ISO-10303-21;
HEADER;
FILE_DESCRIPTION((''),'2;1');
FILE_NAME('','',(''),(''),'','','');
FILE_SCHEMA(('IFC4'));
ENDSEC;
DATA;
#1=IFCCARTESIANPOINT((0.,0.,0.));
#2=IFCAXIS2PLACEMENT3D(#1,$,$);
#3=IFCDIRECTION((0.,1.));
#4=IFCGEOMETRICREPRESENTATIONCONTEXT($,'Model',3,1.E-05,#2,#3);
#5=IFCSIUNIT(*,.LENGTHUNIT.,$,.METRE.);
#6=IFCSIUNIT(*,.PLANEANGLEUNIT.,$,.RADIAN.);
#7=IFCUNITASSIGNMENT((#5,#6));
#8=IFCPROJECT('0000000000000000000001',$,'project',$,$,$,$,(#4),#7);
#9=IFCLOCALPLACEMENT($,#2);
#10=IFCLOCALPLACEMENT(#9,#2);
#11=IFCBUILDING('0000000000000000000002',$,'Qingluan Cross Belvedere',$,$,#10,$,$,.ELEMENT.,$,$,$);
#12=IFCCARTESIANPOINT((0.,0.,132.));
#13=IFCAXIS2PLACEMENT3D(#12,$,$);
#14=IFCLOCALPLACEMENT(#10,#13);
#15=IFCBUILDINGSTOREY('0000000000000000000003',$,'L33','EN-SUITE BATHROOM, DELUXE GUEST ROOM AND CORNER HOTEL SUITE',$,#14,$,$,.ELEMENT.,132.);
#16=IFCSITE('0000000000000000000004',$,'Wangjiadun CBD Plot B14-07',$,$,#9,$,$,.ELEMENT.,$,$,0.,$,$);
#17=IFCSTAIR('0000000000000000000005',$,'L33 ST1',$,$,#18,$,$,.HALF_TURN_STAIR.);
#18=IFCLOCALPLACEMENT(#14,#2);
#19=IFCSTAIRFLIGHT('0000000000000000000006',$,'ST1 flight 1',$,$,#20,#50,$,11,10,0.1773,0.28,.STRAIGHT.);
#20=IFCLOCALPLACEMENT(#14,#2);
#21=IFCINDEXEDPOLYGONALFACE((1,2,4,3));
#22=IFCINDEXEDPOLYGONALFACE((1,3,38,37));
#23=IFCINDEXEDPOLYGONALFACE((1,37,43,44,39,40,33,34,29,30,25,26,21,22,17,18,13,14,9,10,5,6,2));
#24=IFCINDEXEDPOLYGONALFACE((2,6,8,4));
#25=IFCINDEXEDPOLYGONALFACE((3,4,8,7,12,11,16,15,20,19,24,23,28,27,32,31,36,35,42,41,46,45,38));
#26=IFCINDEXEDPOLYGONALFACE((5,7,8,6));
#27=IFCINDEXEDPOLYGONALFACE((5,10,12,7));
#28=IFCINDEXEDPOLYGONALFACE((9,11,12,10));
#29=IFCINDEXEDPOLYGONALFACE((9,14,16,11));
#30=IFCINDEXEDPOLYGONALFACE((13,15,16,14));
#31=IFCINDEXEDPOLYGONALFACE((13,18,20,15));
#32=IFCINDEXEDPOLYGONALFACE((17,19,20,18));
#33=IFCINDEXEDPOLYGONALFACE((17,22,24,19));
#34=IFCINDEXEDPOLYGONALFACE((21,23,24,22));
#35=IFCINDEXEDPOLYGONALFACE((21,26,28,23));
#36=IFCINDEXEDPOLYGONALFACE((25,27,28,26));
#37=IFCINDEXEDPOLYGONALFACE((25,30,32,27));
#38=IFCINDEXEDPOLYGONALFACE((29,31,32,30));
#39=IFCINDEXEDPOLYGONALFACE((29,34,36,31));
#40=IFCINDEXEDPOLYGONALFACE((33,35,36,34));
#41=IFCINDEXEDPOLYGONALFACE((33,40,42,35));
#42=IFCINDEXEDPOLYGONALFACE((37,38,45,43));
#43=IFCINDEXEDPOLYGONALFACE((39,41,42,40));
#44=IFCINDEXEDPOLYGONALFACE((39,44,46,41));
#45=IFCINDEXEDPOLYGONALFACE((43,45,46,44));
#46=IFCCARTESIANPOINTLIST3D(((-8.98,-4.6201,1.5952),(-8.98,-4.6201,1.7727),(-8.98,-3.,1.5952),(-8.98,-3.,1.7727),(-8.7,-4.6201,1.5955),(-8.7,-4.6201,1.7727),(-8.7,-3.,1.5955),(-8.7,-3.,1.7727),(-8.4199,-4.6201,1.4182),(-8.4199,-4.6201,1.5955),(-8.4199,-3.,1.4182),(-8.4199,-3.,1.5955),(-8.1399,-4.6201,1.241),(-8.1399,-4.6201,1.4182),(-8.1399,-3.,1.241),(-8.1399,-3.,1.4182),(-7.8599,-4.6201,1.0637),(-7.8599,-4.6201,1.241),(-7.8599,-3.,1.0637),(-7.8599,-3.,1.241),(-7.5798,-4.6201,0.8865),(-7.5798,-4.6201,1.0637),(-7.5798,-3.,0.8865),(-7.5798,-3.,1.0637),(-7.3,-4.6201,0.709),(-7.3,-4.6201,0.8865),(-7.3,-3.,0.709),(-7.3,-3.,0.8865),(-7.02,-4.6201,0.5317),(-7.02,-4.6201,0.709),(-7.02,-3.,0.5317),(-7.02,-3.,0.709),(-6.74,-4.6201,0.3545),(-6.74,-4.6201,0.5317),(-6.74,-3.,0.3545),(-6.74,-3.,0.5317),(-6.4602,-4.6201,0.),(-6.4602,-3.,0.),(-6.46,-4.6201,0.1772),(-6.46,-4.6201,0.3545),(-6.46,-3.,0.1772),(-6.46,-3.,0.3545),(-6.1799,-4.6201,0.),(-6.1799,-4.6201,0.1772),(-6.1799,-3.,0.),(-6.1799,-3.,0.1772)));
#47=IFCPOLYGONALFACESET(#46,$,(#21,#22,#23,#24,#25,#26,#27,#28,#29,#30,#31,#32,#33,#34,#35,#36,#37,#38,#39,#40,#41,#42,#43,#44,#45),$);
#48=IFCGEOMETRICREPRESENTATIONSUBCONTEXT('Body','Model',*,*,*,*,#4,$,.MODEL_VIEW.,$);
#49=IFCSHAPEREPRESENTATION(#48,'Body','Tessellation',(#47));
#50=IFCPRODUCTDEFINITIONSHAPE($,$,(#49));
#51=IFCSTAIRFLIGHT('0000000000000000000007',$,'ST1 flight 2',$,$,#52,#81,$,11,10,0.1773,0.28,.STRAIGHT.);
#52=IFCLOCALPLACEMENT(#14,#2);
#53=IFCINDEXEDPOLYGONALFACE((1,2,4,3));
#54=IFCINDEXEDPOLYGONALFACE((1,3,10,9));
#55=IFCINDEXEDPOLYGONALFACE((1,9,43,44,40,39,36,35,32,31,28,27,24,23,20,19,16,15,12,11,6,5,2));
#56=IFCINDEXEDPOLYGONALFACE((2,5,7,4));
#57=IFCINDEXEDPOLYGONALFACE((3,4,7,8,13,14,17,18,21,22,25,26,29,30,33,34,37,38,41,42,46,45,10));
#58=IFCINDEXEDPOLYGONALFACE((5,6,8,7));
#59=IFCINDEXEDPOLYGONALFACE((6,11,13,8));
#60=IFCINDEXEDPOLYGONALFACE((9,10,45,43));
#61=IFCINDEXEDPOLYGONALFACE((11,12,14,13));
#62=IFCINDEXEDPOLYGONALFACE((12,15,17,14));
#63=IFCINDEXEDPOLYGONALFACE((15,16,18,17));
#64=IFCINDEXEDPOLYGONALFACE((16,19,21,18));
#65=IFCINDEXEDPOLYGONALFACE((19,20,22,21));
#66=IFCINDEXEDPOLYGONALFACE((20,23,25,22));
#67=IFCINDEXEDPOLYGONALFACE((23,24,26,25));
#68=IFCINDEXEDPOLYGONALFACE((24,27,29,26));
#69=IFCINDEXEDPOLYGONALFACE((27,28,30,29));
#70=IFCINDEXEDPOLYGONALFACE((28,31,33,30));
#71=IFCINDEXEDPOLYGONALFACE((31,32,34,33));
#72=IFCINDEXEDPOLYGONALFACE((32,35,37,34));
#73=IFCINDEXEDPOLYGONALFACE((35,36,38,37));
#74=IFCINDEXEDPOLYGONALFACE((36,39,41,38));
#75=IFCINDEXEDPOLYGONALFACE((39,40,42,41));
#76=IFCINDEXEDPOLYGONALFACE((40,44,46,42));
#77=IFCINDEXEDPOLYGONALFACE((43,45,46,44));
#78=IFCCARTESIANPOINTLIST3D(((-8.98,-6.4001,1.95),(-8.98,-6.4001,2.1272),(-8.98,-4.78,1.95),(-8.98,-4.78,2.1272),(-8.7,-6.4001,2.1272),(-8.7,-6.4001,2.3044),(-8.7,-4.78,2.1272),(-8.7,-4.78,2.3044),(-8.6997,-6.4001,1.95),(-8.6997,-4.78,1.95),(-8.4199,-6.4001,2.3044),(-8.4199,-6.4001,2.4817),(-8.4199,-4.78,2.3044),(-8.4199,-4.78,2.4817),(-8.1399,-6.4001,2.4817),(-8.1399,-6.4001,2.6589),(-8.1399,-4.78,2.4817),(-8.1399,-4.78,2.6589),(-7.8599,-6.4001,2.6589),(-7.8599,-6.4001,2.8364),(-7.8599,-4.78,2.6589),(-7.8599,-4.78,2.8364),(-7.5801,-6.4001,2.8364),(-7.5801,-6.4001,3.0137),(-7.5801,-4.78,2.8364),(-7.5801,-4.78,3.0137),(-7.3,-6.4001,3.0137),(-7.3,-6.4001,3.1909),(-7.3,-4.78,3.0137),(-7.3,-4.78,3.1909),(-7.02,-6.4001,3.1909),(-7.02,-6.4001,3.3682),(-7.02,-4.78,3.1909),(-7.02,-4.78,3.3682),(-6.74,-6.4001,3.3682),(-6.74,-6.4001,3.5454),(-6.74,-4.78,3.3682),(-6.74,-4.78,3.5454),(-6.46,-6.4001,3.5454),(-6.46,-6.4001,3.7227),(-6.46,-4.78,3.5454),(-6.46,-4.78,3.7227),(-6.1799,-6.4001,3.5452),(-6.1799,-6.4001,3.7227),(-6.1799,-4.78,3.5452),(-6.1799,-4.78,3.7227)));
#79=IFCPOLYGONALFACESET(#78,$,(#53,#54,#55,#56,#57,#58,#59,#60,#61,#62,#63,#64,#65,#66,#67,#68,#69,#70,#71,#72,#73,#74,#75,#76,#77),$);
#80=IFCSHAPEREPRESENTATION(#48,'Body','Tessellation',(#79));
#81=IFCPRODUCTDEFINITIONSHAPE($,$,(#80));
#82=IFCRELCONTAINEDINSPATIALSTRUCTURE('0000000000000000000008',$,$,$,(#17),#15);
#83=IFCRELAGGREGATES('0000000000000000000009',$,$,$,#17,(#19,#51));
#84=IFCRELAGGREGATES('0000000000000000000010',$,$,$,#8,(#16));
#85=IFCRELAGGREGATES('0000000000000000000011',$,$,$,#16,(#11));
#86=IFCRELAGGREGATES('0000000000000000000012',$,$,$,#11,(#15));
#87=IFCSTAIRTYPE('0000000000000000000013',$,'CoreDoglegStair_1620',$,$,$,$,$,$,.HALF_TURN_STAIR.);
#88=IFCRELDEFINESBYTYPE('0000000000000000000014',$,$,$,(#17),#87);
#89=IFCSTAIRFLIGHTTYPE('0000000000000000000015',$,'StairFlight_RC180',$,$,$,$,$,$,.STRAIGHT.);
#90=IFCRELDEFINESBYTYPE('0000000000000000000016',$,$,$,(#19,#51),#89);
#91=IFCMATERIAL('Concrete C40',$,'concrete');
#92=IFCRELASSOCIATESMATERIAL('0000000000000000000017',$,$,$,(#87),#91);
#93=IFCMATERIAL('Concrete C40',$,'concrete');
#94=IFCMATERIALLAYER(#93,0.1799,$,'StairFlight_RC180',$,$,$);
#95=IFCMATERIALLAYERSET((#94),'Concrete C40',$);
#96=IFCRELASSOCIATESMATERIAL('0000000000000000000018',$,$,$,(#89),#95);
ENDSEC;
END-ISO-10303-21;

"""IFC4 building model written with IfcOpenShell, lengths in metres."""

from ifc_helpers import new_model, si_unit, direction, frame, origin, place, context, subcontext, project, spatial, polyline, outline, extrude, material, layer, layer_set, type_object, element, aggregate, save


model = new_model("IFC4")

# Units and contexts
model_context = context("Model", 3, precision=1e-05, world=origin(), true_north=direction((0.0, 1.0)))
body_context = subcontext(model_context, "Body", "Model", "MODEL_VIEW")
ifc_project = project(units=[si_unit("LENGTHUNIT", "METRE"), si_unit("PLANEANGLEUNIT", "RADIAN")], contexts=[model_context])

# Site, building, storey
site_placement = place(None, origin())
site = spatial("IfcSite", under=ifc_project, at=site_placement, Name="Wangjiadun CBD Plot B14-07", CompositionType="ELEMENT", RefElevation=0.0)
building_placement = place(site_placement, origin())
building = spatial("IfcBuilding", under=site, at=building_placement, Name="Qingluan Cross Belvedere", CompositionType="ELEMENT")
storey_placement = place(building_placement, frame((0.0, 0.0, 132.0)))
storey = spatial("IfcBuildingStorey", under=building, at=storey_placement, Name="L33", Description="EN-SUITE BATHROOM, DELUXE GUEST ROOM AND CORNER HOTEL SUITE", CompositionType="ELEMENT", Elevation=132.0)

# Stair, stair flights
ifc_material_1 = material(Name="Concrete C40", Category="concrete")
stair_type = type_object("IfcStairType", Name="CoreDoglegStair_1620", PredefinedType="HALF_TURN_STAIR", material=ifc_material_1)
stair_placement = place(storey_placement, origin())
stair = element("IfcStair", 1, at=stair_placement, inside=storey, type_object=stair_type, Name="L33 ST1", PredefinedType="HALF_TURN_STAIR")
ifc_material_2 = material(Name="Concrete C40", Category="concrete")
ifc_layer_1 = layer(ifc_material_2, 0.1799, Name="StairFlight_RC180")
ifc_layer_set_1 = layer_set([ifc_layer_1], Name="Concrete C40")
stair_flight_type = type_object("IfcStairFlightType", Name="StairFlight_RC180", PredefinedType="STRAIGHT", material=ifc_layer_set_1)
stair_flight_1_placement = place(storey_placement, frame((-6.1799, -3.8101, 0.0), z_axis=(0.0, 0.0, 1.0), x_axis=(-1.0, 0.0, 0.0)))
stair_flight_1 = element("IfcStairFlight", 2, at=stair_flight_1_placement, type_object=stair_flight_type, Name="ST1 flight 1", NumberOfRisers=11, NumberOfTreads=10, PredefinedType="STRAIGHT", RiserHeight=0.1773, TreadLength=0.28, context=body_context, shape_type="SweptSolid", body=[
    extrude(outline(polyline([(0.0, 0.0), (0.0, 0.1772), (0.28, 0.1772), (0.28, 0.3545), (0.5601, 0.3545), (0.5601, 0.5317), (0.8401, 0.5317), (0.8401, 0.709), (1.1201, 0.709), (1.1201, 0.8865), (1.3999, 0.8865), (1.3999, 1.0637), (1.6799, 1.0637), (1.6799, 1.241), (1.96, 1.241), (1.96, 1.4182), (2.24, 1.4182), (2.24, 1.5955), (2.52, 1.5955), (2.52, 1.7727), (2.8, 1.7727), (2.8, 1.95), (2.8, 1.5952), (0.2803, 0.0), (0.0, 0.0)])), frame((0.0, 0.8101, 0.0), z_axis=(0.0, -1.0, 0.0), x_axis=(1.0, 0.0, 0.0)), (0.0, 0.0, 1.0), 1.6201),
])
stair_flight_2_placement = place(storey_placement, frame((-8.98, -5.5901, 1.95), z_axis=(0.0, 0.0, 1.0), x_axis=(1.0, 0.0, 0.0)))
stair_flight_2 = element("IfcStairFlight", 3, at=stair_flight_2_placement, type_object=stair_flight_type, Name="ST1 flight 2", NumberOfRisers=11, NumberOfTreads=10, PredefinedType="STRAIGHT", RiserHeight=0.1773, TreadLength=0.28, context=body_context, shape_type="SweptSolid", body=[
    extrude(outline(polyline([(0.0, 0.0), (0.0, 0.1772), (0.28, 0.1772), (0.28, 0.3545), (0.5601, 0.3545), (0.5601, 0.5317), (0.8401, 0.5317), (0.8401, 0.709), (1.1201, 0.709), (1.1201, 0.8865), (1.3999, 0.8865), (1.3999, 1.0637), (1.6799, 1.0637), (1.6799, 1.241), (1.96, 1.241), (1.96, 1.4182), (2.24, 1.4182), (2.24, 1.5955), (2.52, 1.5955), (2.52, 1.7727), (2.8, 1.7727), (2.8, 1.95), (2.8, 1.5952), (0.2803, 0.0), (0.0, 0.0)])), frame((0.0, 0.8101, 0.0), z_axis=(0.0, -1.0, 0.0), x_axis=(1.0, 0.0, 0.0)), (0.0, 0.0, 1.0), 1.6201),
])
aggregate(stair, [stair_flight_1, stair_flight_2])

save(model, "model.ifc")
